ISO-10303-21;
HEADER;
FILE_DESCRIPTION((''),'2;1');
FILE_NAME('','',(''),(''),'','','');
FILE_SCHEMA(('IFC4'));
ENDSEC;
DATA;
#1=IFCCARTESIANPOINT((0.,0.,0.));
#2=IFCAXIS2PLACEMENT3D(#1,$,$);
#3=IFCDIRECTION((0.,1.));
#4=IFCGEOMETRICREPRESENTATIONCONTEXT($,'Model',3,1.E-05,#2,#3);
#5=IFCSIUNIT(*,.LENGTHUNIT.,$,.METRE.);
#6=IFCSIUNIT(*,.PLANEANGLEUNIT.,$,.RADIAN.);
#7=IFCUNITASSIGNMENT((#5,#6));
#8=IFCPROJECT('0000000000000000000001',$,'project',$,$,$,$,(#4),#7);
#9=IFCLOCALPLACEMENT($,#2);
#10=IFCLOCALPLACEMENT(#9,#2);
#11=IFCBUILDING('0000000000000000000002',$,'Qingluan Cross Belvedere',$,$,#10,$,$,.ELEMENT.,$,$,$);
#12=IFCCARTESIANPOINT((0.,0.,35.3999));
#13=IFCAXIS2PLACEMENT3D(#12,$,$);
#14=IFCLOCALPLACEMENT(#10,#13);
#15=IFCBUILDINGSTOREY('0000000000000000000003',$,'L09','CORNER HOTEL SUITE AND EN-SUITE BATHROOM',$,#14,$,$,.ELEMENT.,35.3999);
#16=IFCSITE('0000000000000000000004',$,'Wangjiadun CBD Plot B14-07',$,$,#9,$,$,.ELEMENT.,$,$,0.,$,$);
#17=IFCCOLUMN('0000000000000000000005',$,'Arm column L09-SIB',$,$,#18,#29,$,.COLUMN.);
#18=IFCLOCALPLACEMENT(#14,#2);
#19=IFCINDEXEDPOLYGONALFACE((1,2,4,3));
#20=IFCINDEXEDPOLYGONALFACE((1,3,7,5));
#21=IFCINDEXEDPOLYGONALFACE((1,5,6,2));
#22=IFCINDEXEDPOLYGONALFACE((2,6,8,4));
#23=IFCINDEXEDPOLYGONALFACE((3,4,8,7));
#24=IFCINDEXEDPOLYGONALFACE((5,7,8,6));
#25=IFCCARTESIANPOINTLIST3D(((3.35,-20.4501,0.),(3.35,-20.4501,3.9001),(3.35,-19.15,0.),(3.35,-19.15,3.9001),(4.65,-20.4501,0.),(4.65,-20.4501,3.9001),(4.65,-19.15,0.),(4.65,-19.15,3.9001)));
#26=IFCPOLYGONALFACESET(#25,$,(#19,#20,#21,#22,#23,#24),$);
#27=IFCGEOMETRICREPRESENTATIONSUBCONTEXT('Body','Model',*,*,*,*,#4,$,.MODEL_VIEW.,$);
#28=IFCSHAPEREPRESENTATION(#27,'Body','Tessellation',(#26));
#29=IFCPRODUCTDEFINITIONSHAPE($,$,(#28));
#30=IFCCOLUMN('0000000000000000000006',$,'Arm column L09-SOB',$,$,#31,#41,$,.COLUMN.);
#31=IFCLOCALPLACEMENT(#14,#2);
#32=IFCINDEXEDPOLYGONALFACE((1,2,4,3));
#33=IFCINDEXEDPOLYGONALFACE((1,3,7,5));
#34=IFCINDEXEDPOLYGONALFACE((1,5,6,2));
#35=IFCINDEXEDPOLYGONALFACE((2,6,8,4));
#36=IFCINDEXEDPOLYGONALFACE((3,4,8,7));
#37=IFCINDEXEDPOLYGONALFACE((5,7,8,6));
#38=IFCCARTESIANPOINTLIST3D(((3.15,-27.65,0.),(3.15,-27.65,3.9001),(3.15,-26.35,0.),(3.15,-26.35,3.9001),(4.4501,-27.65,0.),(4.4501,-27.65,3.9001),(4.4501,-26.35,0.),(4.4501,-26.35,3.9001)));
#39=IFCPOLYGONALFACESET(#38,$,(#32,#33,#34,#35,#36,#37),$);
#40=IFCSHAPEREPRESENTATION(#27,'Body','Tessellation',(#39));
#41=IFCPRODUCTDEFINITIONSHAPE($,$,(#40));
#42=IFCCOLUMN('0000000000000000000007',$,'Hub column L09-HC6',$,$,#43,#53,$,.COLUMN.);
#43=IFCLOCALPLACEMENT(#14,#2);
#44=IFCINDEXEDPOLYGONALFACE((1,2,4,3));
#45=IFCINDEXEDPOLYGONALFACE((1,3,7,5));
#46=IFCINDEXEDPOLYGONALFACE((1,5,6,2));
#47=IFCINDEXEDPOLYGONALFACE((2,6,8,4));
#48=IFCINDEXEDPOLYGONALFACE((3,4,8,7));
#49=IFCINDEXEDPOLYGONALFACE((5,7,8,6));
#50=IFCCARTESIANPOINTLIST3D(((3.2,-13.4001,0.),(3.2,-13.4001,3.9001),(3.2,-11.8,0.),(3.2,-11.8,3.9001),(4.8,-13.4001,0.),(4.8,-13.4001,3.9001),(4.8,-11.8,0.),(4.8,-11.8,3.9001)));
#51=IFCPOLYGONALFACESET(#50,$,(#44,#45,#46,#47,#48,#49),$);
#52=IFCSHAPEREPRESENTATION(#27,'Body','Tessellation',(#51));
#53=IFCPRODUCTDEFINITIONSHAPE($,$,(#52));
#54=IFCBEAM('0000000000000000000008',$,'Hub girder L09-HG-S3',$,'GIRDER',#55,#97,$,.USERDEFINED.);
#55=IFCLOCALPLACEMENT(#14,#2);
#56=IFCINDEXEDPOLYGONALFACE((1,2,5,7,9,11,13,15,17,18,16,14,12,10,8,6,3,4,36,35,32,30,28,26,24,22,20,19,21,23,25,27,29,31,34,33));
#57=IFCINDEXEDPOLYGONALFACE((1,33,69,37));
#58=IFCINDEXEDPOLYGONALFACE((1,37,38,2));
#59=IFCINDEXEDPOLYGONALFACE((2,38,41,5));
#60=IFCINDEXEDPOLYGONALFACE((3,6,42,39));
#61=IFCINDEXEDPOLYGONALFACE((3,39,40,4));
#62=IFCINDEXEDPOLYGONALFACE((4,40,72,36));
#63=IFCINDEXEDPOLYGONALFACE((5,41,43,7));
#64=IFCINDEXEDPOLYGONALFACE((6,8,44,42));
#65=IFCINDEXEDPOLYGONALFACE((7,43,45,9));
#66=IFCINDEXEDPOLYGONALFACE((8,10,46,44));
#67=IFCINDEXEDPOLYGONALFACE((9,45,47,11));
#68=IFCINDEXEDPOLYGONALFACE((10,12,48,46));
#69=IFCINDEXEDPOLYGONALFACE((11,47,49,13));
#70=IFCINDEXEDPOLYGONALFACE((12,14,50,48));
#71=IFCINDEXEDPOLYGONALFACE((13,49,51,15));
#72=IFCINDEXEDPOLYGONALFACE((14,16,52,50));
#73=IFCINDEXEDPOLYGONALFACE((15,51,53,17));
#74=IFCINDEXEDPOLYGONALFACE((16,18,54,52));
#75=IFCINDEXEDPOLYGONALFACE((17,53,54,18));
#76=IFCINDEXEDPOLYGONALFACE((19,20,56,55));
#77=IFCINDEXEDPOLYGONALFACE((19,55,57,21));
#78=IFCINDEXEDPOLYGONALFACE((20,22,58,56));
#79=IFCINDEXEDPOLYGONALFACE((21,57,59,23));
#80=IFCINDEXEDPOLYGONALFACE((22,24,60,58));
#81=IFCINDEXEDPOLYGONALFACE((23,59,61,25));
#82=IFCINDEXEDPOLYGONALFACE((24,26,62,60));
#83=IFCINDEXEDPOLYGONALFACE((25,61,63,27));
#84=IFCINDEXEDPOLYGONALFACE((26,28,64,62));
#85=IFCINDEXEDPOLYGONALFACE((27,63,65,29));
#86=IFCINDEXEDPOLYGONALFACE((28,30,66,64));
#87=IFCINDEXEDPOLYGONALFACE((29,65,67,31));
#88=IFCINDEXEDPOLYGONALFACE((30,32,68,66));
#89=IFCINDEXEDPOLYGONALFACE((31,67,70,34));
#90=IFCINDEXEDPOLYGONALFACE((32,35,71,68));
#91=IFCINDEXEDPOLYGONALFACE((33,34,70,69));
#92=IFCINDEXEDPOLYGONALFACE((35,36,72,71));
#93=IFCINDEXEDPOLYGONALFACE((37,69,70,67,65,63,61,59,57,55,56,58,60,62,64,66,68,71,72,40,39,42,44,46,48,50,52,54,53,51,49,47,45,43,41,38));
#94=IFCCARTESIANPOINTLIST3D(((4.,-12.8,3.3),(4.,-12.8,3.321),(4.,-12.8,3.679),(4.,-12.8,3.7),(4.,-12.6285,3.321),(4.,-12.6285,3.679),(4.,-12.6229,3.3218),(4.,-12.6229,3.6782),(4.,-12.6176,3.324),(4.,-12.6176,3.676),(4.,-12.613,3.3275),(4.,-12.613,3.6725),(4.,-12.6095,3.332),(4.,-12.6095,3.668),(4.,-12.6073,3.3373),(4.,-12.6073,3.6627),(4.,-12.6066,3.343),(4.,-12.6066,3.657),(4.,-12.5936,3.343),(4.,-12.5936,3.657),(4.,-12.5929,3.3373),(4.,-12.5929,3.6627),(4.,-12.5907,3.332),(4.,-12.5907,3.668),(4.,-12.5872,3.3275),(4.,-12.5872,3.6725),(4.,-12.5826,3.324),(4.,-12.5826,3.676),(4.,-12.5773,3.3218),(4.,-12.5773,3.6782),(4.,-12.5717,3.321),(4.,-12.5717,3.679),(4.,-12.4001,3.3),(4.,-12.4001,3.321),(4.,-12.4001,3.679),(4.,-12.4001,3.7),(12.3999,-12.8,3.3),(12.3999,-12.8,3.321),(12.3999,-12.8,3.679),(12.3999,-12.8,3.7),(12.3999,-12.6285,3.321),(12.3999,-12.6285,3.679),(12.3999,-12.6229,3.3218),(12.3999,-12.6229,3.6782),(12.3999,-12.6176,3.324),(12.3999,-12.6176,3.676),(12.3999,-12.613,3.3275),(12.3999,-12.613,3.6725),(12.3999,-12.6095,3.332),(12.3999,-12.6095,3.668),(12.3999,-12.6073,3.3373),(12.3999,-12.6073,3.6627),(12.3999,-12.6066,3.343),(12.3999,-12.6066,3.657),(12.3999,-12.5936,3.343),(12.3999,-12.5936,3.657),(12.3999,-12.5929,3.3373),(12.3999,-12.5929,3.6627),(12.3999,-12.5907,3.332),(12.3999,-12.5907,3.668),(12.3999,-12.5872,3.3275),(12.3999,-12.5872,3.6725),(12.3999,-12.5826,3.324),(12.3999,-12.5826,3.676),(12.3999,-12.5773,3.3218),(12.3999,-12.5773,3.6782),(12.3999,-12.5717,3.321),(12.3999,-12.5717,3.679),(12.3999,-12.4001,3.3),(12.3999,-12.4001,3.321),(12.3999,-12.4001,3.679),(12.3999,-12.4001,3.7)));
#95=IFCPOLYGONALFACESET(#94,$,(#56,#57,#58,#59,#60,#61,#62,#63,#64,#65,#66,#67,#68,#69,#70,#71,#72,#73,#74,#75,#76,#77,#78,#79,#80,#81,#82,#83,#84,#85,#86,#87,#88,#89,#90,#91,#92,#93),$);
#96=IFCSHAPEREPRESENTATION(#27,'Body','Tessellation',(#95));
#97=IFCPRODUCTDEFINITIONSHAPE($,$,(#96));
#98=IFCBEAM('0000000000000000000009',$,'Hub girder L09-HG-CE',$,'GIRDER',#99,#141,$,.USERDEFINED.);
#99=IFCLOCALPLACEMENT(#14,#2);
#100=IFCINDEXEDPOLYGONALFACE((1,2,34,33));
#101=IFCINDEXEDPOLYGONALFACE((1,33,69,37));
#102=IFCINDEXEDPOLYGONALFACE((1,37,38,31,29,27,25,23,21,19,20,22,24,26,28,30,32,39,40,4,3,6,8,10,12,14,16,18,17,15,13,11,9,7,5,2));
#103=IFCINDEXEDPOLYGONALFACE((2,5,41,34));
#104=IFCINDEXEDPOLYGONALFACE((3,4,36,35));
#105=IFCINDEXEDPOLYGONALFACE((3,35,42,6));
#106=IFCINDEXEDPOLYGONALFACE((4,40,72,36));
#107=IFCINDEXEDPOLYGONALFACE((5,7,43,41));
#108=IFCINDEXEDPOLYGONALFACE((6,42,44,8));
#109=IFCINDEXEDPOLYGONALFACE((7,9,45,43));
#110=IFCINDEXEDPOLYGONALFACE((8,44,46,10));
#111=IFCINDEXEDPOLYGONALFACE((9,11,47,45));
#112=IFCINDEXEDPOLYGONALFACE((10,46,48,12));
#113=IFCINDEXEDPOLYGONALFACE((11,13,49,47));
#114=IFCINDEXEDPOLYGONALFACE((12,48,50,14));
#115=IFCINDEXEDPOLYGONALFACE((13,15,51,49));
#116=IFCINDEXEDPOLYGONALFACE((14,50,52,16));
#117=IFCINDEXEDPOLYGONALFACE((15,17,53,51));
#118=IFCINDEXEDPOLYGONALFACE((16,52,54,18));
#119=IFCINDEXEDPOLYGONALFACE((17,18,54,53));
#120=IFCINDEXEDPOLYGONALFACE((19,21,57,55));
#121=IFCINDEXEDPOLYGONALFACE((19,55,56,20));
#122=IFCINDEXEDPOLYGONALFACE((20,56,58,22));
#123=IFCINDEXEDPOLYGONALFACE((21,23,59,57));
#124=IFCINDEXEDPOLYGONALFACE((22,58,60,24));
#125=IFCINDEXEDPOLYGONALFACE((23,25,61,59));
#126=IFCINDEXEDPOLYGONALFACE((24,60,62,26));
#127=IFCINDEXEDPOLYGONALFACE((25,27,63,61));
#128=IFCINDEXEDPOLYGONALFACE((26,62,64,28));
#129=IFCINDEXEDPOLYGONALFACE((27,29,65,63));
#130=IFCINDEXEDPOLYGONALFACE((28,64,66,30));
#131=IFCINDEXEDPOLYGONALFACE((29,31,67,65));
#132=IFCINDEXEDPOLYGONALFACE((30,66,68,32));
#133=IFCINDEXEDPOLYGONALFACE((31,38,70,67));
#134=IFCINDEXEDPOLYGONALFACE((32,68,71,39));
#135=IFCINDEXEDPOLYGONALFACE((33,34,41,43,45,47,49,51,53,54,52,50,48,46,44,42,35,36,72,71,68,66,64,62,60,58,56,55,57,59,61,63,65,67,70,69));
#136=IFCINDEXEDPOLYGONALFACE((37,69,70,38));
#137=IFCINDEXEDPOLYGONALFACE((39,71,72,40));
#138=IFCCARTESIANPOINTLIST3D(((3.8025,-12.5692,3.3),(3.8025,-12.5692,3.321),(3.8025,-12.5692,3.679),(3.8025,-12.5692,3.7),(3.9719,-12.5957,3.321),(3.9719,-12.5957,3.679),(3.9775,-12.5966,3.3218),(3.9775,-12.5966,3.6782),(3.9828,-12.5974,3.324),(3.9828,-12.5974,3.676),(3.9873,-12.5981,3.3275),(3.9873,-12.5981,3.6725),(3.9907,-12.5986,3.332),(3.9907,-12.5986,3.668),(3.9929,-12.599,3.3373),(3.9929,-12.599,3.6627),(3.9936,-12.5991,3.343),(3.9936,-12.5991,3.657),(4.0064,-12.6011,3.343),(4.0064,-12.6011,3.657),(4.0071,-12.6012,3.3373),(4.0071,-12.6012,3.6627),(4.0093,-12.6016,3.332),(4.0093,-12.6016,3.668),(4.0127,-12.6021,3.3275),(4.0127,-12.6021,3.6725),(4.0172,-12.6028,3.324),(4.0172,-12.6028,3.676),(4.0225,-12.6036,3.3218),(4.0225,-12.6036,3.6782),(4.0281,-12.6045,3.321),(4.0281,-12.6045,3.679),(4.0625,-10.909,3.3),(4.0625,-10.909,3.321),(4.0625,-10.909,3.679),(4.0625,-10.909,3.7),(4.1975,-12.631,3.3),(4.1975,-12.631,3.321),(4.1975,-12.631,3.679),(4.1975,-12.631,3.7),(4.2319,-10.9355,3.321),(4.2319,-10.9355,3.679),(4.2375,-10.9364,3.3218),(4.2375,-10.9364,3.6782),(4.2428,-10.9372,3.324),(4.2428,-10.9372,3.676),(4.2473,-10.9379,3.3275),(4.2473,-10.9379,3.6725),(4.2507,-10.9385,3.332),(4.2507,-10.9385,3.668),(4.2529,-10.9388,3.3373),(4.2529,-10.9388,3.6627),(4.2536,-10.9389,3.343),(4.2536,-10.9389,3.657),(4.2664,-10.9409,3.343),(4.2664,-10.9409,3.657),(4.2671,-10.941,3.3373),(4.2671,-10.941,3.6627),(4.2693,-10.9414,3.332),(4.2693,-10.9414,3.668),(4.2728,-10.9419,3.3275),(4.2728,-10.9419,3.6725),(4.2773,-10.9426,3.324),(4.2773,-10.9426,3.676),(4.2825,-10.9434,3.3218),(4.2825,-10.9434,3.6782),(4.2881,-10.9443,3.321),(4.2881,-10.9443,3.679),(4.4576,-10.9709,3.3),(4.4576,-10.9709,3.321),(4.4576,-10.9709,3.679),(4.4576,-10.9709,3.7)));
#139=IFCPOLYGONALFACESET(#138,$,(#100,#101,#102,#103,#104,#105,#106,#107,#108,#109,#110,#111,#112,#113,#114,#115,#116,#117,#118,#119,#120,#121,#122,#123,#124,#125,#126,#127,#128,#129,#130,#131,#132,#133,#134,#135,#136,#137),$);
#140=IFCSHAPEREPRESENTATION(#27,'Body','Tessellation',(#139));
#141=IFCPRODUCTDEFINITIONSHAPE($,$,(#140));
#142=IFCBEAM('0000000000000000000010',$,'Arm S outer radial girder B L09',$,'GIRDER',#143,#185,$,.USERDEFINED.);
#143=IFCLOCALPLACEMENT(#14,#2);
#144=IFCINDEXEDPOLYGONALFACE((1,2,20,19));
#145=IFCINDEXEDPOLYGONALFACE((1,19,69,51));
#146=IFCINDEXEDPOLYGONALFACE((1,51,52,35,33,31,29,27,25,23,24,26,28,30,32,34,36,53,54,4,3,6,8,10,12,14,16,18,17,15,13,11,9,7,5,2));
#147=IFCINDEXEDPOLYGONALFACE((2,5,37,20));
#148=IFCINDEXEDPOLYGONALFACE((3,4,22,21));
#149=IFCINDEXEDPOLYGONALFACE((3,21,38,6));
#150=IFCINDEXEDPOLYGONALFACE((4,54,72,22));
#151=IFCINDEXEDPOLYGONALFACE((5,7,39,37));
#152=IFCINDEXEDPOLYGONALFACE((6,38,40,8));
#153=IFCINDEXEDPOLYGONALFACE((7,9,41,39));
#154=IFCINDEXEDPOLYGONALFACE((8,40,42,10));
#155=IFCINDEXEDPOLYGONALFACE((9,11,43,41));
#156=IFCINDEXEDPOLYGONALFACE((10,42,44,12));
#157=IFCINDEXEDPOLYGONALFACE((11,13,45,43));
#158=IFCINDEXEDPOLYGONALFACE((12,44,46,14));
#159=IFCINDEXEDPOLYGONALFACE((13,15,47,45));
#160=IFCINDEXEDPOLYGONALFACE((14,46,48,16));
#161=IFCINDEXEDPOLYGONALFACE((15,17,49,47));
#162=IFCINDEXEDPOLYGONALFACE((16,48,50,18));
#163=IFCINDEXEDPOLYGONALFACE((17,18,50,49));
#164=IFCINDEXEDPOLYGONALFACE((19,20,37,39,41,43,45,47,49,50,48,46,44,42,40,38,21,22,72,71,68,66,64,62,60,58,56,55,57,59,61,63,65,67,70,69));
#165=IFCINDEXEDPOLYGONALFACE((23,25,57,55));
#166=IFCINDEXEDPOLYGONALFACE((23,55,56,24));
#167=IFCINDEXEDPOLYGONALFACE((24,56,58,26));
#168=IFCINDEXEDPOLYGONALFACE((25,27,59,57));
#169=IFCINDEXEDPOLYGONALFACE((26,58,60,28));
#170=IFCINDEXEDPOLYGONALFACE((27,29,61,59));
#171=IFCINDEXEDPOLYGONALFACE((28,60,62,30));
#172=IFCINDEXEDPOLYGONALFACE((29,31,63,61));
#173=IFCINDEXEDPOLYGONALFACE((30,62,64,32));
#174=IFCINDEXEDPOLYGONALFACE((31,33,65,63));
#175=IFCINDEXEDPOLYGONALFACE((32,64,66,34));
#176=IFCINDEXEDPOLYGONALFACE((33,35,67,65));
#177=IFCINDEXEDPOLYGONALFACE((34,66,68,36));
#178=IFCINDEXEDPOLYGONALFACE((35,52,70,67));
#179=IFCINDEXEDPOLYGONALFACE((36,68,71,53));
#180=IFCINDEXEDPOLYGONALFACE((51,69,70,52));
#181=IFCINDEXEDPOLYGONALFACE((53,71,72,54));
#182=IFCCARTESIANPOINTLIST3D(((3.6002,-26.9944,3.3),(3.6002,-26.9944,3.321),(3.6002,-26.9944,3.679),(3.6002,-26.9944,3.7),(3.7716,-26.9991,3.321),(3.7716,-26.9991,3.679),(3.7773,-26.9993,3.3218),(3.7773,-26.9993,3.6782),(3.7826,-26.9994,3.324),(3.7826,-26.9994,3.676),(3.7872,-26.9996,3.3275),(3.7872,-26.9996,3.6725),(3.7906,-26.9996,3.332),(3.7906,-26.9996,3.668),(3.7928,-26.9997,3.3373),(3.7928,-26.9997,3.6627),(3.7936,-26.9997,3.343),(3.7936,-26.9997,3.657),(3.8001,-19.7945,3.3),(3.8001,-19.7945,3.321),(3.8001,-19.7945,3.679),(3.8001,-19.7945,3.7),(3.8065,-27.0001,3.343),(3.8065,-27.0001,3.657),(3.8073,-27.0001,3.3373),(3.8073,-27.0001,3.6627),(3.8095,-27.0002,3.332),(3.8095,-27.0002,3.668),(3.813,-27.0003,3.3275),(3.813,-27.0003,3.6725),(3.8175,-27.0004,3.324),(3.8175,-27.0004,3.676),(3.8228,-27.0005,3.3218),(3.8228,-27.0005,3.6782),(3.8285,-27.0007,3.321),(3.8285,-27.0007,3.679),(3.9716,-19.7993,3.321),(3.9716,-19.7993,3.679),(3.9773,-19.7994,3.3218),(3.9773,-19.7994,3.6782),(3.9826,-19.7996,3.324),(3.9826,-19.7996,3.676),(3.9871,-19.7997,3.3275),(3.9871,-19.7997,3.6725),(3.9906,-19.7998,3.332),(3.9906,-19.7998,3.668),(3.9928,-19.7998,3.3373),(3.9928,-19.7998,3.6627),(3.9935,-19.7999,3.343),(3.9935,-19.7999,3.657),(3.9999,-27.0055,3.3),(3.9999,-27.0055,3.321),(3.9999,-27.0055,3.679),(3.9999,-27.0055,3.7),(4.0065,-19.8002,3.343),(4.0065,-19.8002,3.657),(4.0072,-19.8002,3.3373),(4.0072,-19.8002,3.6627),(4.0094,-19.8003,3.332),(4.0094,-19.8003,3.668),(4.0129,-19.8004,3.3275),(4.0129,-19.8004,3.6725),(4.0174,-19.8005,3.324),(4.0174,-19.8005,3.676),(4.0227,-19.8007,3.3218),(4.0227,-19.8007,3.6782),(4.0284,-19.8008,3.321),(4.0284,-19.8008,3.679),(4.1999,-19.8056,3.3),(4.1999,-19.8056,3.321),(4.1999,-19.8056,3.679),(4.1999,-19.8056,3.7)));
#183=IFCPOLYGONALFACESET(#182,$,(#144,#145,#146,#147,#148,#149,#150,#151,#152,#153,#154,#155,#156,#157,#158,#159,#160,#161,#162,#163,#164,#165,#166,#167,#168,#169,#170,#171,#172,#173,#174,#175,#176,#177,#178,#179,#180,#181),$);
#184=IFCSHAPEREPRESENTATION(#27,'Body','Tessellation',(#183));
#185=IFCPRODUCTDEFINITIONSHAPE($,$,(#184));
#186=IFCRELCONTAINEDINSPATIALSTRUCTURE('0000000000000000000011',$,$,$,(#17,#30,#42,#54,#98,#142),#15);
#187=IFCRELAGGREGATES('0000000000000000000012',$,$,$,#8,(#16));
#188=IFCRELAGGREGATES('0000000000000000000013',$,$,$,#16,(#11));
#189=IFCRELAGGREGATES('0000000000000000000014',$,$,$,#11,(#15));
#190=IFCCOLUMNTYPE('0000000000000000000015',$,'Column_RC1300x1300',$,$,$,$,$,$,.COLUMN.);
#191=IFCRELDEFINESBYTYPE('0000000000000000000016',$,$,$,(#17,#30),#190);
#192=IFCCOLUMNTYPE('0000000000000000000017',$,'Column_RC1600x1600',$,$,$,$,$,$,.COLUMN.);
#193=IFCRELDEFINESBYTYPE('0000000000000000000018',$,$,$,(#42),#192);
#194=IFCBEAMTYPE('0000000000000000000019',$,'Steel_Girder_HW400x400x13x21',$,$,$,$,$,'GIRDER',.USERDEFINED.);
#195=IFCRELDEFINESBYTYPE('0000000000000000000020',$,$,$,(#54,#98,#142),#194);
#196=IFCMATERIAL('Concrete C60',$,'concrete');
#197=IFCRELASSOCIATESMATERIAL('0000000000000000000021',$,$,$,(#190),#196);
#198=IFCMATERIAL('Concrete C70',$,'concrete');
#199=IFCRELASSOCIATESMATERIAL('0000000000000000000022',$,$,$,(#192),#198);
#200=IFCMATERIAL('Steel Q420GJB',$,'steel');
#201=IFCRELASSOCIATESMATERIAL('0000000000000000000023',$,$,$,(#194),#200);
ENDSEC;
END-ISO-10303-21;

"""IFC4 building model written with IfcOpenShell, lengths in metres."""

from ifc_helpers import new_model, si_unit, direction, frame, origin, origin_2d, place, context, subcontext, project, spatial, rectangle, i_section, extrude, material, material_profile, profile_set, type_object, element, save


model = new_model("IFC4")

# Units and contexts
model_context = context("Model", 3, precision=1e-05, world=origin(), true_north=direction((0.0, 1.0)))
body_context = subcontext(model_context, "Body", "Model", "MODEL_VIEW")
ifc_project = project(units=[si_unit("LENGTHUNIT", "METRE"), si_unit("PLANEANGLEUNIT", "RADIAN")], contexts=[model_context])

# Site, building, storey
site_placement = place(None, origin())
site = spatial("IfcSite", under=ifc_project, at=site_placement, Name="Wangjiadun CBD Plot B14-07", CompositionType="ELEMENT", RefElevation=0.0)
building_placement = place(site_placement, origin())
building = spatial("IfcBuilding", under=site, at=building_placement, Name="Qingluan Cross Belvedere", CompositionType="ELEMENT")
storey_placement = place(building_placement, frame((0.0, 0.0, 35.3999)))
storey = spatial("IfcBuildingStorey", under=building, at=storey_placement, Name="L09", Description="CORNER HOTEL SUITE AND EN-SUITE BATHROOM", CompositionType="ELEMENT", Elevation=35.3999)

# Columns
ifc_material_1 = material(Name="Concrete C60", Category="concrete")
ifc_material_profile_1 = material_profile(ifc_material_1, rectangle(XDim=1.3, YDim=1.3, at=origin_2d()), Name="RC1300x1300")
ifc_profile_set_1 = profile_set([ifc_material_profile_1], Name="Concrete C60")
column_type_1 = type_object("IfcColumnType", Name="Column_RC1300x1300", PredefinedType="COLUMN", material=ifc_profile_set_1)
for number, where, z_axis, x_axis, name in (
    (1, (4.0, -19.8, 0.0), (0.0, 0.0, 1.0), (1.0, 0.0, 0.0), "Arm column L09-SIB"),
    (2, (3.8, -27.0, 0.0), (0.0, 0.0, 1.0), (1.0, 0.0, 0.0), "Arm column L09-SOB"),
):
    element("IfcColumn", number, at=place(storey_placement, frame(where, z_axis=z_axis, x_axis=x_axis)), inside=storey, type_object=column_type_1, Name=name, PredefinedType="COLUMN", context=body_context, shape_type="SweptSolid", body=[
        extrude(rectangle(XDim=1.3, YDim=1.3, at=origin_2d()), origin(), (0.0, 0.0, 1.0), 3.9001),
    ])
ifc_material_2 = material(Name="Concrete C70", Category="concrete")
ifc_material_profile_2 = material_profile(ifc_material_2, rectangle(XDim=1.6001, YDim=1.6001, at=origin_2d()), Name="RC1600x1600")
ifc_profile_set_2 = profile_set([ifc_material_profile_2], Name="Concrete C70")
column_type_2 = type_object("IfcColumnType", Name="Column_RC1600x1600", PredefinedType="COLUMN", material=ifc_profile_set_2)
column_placement = place(storey_placement, frame((4.0, -12.6001, 0.0), z_axis=(0.0, 0.0, 1.0), x_axis=(1.0, 0.0, 0.0)))
element("IfcColumn", 3, at=column_placement, inside=storey, type_object=column_type_2, Name="Hub column L09-HC6", PredefinedType="COLUMN", context=body_context, shape_type="SweptSolid", body=[
    extrude(rectangle(XDim=1.6001, YDim=1.6001, at=origin_2d()), origin(), (0.0, 0.0, 1.0), 3.9001),
])

# Beams
ifc_material_3 = material(Name="Steel Q420GJB", Category="steel")
ifc_material_profile_3 = material_profile(ifc_material_3, i_section(OverallWidth=0.3999, OverallDepth=0.3999, WebThickness=0.0129, FlangeThickness=0.021, FilletRadius=0.022, at=origin_2d()), Name="HW400x400x13x21")
ifc_profile_set_3 = profile_set([ifc_material_profile_3], Name="Steel Q420GJB")
beam_type = type_object("IfcBeamType", Name="Steel_Girder_HW400x400x13x21", ElementType="GIRDER", PredefinedType="USERDEFINED", material=ifc_profile_set_3)
beam_1_placement = place(storey_placement, frame((4.0, -12.6001, 3.5), z_axis=(1.0, 0.0, 0.0), x_axis=(0.0, 1.0, 0.0)))
element("IfcBeam", 4, at=beam_1_placement, inside=storey, type_object=beam_type, Name="Hub girder L09-HG-S3", ObjectType="GIRDER", PredefinedType="USERDEFINED", context=body_context, shape_type="SweptSolid", body=[
    extrude(i_section(OverallWidth=0.3999, OverallDepth=0.3999, WebThickness=0.0129, FlangeThickness=0.021, FilletRadius=0.022, at=origin_2d()), origin(), (0.0, 0.0, 1.0), 8.3999),
])
beam_2_placement = place(storey_placement, frame((4.0, -12.6001, 3.5), z_axis=(0.154731, 0.987957, 0.0), x_axis=(-0.987957, 0.154731, 0.0)))
element("IfcBeam", 5, at=beam_2_placement, inside=storey, type_object=beam_type, Name="Hub girder L09-HG-CE", ObjectType="GIRDER", PredefinedType="USERDEFINED", context=body_context, shape_type="SweptSolid", body=[
    extrude(i_section(OverallWidth=0.3999, OverallDepth=0.3999, WebThickness=0.0129, FlangeThickness=0.021, FilletRadius=0.022, at=origin_2d()), origin(), (0.0, 0.0, 1.0), 1.6804),
])
beam_3_placement = place(storey_placement, frame((4.0, -19.8, 3.5), z_axis=(-0.02776, -0.999615, 0.0), x_axis=(0.999615, -0.02776, 0.0)))
element("IfcBeam", 6, at=beam_3_placement, inside=storey, type_object=beam_type, Name="Arm S outer radial girder B L09", ObjectType="GIRDER", PredefinedType="USERDEFINED", context=body_context, shape_type="SweptSolid", body=[
    extrude(i_section(OverallWidth=0.3999, OverallDepth=0.3999, WebThickness=0.0129, FlangeThickness=0.021, FilletRadius=0.022, at=origin_2d()), origin(), (0.0, 0.0, 1.0), 7.2026),
])

save(model, "model.ifc")
